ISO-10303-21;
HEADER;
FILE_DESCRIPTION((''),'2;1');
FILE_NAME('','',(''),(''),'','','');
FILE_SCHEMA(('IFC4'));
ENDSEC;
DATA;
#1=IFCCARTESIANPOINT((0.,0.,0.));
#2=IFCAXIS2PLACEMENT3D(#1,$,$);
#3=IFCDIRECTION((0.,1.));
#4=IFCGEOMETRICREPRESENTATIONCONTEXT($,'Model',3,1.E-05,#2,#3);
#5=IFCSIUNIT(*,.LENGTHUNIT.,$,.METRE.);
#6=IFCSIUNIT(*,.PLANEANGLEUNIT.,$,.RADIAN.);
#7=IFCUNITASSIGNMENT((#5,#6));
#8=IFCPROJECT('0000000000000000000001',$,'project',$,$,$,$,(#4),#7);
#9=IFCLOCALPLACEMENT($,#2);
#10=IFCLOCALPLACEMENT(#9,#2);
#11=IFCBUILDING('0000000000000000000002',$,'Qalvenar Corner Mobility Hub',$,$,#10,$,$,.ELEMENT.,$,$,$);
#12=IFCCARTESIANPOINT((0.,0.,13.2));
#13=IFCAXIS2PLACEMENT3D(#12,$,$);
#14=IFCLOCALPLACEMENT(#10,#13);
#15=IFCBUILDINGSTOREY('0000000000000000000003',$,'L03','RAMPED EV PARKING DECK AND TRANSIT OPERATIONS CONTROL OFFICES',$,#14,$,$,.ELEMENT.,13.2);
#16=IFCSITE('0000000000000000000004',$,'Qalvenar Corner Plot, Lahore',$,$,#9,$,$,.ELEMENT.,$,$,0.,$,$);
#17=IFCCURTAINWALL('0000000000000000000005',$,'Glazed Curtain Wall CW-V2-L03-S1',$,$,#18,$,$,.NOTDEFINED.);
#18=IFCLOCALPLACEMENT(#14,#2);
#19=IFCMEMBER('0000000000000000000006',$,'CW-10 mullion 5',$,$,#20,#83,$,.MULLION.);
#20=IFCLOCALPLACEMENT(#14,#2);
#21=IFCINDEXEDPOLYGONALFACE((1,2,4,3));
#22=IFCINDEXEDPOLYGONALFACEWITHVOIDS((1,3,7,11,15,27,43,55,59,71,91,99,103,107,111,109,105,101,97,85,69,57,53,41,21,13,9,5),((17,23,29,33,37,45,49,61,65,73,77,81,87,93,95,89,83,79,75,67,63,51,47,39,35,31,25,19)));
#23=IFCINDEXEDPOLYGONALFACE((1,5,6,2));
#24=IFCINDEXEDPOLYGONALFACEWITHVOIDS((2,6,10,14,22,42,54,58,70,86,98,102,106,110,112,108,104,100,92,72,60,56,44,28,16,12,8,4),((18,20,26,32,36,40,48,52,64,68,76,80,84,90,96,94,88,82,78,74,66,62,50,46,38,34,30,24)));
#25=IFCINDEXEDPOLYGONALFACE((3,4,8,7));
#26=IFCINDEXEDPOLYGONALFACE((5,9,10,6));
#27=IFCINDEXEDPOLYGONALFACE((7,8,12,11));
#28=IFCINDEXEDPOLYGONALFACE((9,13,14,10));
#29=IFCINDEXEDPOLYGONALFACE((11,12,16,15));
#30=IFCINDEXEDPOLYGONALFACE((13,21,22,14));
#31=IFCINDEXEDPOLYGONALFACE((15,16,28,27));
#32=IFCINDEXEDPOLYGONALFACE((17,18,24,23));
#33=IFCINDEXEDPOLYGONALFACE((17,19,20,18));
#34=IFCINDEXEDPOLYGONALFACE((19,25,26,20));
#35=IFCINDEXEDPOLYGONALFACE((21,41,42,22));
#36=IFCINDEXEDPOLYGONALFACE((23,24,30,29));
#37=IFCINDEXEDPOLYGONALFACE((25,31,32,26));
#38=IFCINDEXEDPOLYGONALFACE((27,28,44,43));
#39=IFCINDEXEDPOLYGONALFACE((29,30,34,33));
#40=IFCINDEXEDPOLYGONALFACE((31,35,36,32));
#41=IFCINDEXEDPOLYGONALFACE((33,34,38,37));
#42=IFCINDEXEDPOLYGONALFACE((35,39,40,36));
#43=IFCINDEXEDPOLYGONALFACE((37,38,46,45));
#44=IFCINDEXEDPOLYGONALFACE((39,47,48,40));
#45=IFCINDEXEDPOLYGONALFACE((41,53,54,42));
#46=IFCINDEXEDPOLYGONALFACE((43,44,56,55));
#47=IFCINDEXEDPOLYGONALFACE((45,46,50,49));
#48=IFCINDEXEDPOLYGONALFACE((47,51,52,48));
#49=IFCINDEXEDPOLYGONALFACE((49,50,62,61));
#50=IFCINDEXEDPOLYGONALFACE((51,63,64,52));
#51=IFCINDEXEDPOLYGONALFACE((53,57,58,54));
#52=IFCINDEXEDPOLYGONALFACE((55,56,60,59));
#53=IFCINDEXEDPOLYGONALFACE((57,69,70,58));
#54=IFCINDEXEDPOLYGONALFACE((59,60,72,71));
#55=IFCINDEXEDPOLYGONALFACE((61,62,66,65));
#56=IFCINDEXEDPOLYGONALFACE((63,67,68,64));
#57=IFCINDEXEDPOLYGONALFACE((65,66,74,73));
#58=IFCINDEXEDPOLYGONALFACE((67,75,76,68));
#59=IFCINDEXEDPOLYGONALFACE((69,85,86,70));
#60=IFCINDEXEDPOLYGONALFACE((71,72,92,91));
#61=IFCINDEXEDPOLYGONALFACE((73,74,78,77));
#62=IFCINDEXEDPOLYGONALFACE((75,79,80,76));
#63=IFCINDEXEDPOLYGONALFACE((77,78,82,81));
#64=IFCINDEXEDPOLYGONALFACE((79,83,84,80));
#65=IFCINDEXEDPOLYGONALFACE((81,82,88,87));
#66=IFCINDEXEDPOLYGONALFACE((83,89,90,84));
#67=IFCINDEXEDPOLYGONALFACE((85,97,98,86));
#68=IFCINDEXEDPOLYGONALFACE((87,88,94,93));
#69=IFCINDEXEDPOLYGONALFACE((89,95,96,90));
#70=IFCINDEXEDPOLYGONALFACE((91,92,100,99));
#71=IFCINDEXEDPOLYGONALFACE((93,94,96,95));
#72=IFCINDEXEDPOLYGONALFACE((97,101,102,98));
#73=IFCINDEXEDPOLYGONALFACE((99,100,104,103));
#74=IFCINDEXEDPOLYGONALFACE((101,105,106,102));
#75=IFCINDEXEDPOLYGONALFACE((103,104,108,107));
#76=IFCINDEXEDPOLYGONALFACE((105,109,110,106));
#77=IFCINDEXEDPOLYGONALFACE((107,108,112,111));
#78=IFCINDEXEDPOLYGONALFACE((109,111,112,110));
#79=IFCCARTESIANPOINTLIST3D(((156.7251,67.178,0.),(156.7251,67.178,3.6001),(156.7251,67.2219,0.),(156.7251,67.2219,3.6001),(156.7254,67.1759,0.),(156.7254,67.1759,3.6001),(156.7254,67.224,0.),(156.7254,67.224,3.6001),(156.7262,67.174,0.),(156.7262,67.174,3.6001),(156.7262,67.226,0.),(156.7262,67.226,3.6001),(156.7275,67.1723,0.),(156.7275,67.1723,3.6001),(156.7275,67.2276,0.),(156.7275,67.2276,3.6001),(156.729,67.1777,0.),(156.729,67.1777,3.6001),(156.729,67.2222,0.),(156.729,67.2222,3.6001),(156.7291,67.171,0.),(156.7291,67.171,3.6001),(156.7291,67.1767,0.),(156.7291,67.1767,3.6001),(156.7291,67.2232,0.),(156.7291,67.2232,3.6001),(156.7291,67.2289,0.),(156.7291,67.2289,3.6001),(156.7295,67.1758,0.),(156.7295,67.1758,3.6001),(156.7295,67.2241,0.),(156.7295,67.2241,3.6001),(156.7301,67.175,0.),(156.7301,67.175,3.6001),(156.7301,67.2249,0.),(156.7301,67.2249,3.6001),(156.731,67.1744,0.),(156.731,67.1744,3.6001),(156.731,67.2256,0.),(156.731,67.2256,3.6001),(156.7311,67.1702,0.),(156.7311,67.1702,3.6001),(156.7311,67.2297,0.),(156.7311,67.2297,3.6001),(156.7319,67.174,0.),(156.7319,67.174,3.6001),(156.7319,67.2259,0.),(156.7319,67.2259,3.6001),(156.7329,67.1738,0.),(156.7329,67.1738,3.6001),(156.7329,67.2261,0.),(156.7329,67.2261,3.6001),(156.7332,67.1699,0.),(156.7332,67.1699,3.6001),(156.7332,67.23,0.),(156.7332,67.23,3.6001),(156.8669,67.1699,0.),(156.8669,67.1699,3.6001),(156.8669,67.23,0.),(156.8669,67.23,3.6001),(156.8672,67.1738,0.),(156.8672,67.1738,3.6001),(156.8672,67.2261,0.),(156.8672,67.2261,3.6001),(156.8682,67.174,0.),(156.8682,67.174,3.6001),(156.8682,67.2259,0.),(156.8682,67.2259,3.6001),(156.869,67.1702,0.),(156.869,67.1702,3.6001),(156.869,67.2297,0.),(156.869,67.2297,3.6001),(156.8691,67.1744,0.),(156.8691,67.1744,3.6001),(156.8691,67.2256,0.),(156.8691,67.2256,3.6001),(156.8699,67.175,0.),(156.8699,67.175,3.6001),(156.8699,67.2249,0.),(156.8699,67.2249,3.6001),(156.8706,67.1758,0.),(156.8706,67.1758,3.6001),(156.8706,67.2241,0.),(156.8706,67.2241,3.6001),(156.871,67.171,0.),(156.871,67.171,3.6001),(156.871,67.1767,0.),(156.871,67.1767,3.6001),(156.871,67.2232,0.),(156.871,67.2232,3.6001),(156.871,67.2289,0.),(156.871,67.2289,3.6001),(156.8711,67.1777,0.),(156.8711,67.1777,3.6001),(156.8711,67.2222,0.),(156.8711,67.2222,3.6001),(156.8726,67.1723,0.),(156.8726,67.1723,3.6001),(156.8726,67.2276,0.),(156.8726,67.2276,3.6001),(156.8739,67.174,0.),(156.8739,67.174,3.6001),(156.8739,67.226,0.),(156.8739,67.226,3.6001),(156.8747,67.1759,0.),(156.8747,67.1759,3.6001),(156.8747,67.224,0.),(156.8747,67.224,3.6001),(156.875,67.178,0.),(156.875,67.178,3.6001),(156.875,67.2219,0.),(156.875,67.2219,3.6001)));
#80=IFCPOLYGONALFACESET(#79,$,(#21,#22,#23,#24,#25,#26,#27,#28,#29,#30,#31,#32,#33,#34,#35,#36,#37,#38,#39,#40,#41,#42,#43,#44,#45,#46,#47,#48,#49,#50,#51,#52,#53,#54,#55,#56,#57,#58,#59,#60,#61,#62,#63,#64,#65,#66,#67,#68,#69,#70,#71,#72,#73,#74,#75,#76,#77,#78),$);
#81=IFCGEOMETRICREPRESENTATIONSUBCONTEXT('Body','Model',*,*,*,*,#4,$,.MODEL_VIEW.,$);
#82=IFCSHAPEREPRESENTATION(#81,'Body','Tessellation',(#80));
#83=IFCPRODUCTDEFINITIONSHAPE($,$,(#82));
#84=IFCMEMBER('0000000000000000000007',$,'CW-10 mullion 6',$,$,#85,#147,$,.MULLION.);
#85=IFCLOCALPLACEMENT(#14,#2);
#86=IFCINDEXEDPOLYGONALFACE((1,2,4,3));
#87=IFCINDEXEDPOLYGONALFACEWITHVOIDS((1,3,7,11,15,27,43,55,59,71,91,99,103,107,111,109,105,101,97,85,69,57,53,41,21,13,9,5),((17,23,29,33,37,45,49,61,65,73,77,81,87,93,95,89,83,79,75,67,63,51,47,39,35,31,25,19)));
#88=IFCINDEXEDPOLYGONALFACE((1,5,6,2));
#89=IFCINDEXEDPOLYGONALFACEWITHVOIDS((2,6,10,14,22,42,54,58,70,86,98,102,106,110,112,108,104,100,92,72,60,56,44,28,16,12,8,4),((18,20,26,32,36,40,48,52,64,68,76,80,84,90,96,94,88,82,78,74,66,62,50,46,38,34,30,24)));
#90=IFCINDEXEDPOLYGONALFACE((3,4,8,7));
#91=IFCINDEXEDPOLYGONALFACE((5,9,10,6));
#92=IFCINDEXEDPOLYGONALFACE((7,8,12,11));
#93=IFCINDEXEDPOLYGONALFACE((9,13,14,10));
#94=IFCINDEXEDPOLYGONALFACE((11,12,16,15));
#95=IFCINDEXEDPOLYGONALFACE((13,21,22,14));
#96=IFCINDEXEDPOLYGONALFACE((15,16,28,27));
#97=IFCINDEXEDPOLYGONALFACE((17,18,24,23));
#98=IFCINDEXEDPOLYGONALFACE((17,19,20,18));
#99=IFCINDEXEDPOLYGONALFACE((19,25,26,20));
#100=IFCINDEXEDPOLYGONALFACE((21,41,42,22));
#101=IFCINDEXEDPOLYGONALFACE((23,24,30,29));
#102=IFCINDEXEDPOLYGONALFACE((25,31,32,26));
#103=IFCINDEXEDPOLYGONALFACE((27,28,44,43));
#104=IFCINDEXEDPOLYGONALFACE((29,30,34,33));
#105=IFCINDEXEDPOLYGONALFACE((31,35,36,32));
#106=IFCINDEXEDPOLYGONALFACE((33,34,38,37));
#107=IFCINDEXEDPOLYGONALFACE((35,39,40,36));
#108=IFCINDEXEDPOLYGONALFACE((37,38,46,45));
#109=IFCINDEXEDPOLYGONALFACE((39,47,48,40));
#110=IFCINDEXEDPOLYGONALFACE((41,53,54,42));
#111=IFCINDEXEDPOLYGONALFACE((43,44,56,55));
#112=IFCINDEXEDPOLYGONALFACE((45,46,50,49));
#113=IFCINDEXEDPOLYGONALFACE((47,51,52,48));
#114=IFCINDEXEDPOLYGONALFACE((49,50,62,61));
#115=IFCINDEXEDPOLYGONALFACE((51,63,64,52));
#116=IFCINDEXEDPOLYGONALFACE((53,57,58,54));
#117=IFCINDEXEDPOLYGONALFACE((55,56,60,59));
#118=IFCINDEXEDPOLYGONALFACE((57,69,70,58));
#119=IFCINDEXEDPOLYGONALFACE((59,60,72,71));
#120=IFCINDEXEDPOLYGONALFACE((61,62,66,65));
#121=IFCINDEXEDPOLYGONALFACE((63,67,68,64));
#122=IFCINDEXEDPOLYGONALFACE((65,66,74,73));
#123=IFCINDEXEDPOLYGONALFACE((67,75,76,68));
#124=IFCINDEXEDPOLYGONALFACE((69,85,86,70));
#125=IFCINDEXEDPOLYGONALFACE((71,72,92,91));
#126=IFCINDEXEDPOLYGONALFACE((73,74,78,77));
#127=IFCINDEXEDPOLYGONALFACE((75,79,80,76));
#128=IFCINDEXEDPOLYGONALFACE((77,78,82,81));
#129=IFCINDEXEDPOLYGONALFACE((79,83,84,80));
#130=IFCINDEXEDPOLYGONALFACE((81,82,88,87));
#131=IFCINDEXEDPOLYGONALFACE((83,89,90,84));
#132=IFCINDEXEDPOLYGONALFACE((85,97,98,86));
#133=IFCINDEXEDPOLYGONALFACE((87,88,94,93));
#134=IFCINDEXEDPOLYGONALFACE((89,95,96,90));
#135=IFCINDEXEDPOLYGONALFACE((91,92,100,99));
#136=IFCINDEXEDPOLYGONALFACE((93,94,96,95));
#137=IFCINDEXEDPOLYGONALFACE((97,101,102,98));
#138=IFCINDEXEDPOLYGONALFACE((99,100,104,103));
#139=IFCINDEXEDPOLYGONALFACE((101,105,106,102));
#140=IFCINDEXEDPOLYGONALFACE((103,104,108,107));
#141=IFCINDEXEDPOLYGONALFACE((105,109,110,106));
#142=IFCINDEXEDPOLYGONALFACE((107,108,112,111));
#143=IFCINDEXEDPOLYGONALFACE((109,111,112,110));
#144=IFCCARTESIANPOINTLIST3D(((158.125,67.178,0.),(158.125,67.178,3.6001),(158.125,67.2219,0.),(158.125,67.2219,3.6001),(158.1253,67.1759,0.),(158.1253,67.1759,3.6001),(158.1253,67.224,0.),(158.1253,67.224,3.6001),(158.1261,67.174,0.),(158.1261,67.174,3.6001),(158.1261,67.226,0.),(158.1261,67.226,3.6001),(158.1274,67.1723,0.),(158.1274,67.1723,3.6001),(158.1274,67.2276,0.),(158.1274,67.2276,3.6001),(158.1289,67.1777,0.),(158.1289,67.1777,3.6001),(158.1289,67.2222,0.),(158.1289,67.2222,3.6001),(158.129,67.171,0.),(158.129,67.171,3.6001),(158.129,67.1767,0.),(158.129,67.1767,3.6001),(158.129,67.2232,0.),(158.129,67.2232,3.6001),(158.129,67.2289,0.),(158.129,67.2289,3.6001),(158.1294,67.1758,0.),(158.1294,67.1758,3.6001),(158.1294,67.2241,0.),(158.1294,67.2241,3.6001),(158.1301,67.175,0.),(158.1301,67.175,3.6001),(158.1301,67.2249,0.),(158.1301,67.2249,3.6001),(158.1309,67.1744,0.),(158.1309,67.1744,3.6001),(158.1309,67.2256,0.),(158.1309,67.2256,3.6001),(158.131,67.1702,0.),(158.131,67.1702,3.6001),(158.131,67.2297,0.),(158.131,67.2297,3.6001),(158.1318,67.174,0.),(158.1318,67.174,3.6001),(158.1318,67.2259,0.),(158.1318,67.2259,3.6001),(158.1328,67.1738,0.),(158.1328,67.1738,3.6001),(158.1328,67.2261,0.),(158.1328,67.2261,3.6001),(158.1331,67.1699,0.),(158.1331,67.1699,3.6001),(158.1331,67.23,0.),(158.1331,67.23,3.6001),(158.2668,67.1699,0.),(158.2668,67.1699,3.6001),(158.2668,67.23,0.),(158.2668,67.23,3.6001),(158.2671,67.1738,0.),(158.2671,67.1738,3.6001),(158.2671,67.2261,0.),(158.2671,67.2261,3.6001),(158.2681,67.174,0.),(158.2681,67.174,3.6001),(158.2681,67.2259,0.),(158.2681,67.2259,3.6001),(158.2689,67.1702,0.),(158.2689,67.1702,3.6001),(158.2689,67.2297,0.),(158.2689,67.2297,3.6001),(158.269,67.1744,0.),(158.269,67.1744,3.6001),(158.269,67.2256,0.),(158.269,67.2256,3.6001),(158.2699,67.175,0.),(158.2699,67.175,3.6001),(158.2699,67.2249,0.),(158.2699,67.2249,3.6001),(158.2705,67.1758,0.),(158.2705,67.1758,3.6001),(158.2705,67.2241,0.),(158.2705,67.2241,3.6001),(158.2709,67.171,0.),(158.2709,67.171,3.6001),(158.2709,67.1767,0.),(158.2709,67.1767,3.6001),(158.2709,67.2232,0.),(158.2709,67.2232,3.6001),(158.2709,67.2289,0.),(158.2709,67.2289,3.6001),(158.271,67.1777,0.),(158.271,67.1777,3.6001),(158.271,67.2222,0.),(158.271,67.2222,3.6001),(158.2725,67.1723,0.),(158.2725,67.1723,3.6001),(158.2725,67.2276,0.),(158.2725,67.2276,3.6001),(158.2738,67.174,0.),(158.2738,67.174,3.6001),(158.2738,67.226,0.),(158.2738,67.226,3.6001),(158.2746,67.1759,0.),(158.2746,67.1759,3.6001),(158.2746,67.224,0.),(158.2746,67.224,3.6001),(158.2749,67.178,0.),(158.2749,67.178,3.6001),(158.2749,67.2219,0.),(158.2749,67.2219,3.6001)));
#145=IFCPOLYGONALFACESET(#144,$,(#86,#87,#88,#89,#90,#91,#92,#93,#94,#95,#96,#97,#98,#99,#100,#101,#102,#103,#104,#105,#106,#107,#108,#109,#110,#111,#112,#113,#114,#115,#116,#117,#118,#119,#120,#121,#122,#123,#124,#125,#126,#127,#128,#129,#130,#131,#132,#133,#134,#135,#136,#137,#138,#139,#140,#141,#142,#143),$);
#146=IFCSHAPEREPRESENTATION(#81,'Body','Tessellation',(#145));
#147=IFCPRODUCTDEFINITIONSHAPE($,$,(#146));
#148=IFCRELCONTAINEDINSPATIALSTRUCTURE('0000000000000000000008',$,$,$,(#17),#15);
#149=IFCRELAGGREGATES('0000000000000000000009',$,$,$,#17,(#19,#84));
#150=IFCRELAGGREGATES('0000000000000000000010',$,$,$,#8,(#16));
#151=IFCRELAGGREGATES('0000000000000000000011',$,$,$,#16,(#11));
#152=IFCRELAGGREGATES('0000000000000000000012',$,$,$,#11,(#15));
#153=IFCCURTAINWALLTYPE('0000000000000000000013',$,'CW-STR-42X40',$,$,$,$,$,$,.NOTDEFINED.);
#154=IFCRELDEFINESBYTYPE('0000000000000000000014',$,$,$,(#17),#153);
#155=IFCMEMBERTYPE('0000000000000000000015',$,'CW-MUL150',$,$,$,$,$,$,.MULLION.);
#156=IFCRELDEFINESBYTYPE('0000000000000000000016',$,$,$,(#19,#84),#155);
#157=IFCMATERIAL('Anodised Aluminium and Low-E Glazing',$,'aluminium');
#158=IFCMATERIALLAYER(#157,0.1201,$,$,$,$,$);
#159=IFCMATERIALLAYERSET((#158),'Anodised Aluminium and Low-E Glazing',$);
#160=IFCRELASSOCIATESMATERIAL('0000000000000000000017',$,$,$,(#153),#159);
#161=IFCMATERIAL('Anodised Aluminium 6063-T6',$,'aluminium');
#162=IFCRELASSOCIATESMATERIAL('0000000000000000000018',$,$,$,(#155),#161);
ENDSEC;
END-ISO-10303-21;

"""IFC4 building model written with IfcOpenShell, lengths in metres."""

from ifc_helpers import new_model, si_unit, direction, frame, origin, origin_2d, place, context, subcontext, project, spatial, hollow_rectangle, extrude, material, layer, layer_set, material_profile, profile_set, type_object, element, aggregate, save


model = new_model("IFC4")

# Units and contexts
model_context = context("Model", 3, precision=1e-05, world=origin(), true_north=direction((0.0, 1.0)))
body_context = subcontext(model_context, "Body", "Model", "MODEL_VIEW")
ifc_project = project(units=[si_unit("LENGTHUNIT", "METRE"), si_unit("PLANEANGLEUNIT", "RADIAN")], contexts=[model_context])

# Site, building, storey
site_placement = place(None, origin())
site = spatial("IfcSite", under=ifc_project, at=site_placement, Name="Qalvenar Corner Plot, Lahore", CompositionType="ELEMENT", RefElevation=0.0)
building_placement = place(site_placement, origin())
building = spatial("IfcBuilding", under=site, at=building_placement, Name="Qalvenar Corner Mobility Hub", CompositionType="ELEMENT")
storey_placement = place(building_placement, frame((0.0, 0.0, 13.2)))
storey = spatial("IfcBuildingStorey", under=building, at=storey_placement, Name="L03", Description="RAMPED EV PARKING DECK AND TRANSIT OPERATIONS CONTROL OFFICES", CompositionType="ELEMENT", Elevation=13.2)

# Curtain wall, members
ifc_material_1 = material(Name="Anodised Aluminium and Low-E Glazing", Category="aluminium")
ifc_layer_1 = layer(ifc_material_1, 0.1201)
ifc_layer_set_1 = layer_set([ifc_layer_1], Name="Anodised Aluminium and Low-E Glazing")
curtain_wall_type = type_object("IfcCurtainWallType", Name="CW-STR-42X40", PredefinedType="NOTDEFINED", material=ifc_layer_set_1)
curtain_wall_placement = place(storey_placement, origin())
curtain_wall = element("IfcCurtainWall", 1, at=curtain_wall_placement, inside=storey, type_object=curtain_wall_type, Name="Glazed Curtain Wall CW-V2-L03-S1", PredefinedType="NOTDEFINED")
ifc_material_2 = material(Name="Anodised Aluminium 6063-T6", Category="aluminium")
ifc_material_profile_1 = material_profile(ifc_material_2, hollow_rectangle(XDim=0.0601, YDim=0.1499, WallThickness=0.0039, InnerFilletRadius=0.0039, OuterFilletRadius=0.0081, at=origin_2d()), Name="RHS150x60x4")
ifc_profile_set_1 = profile_set([ifc_material_profile_1], Name="Anodised Aluminium 6063-T6")
member_type_1 = type_object("IfcMemberType", Name="CW-MUL150", PredefinedType="MULLION", material=ifc_profile_set_1)
member_1_placement = place(storey_placement, frame((156.8, 67.2, 0.0), z_axis=(0.0, 0.0, 1.0), x_axis=(0.0, 1.0, 0.0)))
member_1 = element("IfcMember", 2, at=member_1_placement, type_object=member_type_1, Name="CW-10 mullion 5", PredefinedType="MULLION", context=body_context, shape_type="SweptSolid", body=[
    extrude(hollow_rectangle(XDim=0.0601, YDim=0.1499, WallThickness=0.0039, InnerFilletRadius=0.0039, OuterFilletRadius=0.0081, at=origin_2d()), origin(), (0.0, 0.0, 1.0), 3.6001),
])
member_2_placement = place(storey_placement, frame((158.2, 67.2, 0.0), z_axis=(0.0, 0.0, 1.0), x_axis=(0.0, 1.0, 0.0)))
member_2 = element("IfcMember", 3, at=member_2_placement, type_object=member_type_1, Name="CW-10 mullion 6", PredefinedType="MULLION", context=body_context, shape_type="SweptSolid", body=[
    extrude(hollow_rectangle(XDim=0.0601, YDim=0.1499, WallThickness=0.0039, InnerFilletRadius=0.0039, OuterFilletRadius=0.0081, at=origin_2d()), origin(), (0.0, 0.0, 1.0), 3.6001),
])
aggregate(curtain_wall, [member_1, member_2])

save(model, "model.ifc")
